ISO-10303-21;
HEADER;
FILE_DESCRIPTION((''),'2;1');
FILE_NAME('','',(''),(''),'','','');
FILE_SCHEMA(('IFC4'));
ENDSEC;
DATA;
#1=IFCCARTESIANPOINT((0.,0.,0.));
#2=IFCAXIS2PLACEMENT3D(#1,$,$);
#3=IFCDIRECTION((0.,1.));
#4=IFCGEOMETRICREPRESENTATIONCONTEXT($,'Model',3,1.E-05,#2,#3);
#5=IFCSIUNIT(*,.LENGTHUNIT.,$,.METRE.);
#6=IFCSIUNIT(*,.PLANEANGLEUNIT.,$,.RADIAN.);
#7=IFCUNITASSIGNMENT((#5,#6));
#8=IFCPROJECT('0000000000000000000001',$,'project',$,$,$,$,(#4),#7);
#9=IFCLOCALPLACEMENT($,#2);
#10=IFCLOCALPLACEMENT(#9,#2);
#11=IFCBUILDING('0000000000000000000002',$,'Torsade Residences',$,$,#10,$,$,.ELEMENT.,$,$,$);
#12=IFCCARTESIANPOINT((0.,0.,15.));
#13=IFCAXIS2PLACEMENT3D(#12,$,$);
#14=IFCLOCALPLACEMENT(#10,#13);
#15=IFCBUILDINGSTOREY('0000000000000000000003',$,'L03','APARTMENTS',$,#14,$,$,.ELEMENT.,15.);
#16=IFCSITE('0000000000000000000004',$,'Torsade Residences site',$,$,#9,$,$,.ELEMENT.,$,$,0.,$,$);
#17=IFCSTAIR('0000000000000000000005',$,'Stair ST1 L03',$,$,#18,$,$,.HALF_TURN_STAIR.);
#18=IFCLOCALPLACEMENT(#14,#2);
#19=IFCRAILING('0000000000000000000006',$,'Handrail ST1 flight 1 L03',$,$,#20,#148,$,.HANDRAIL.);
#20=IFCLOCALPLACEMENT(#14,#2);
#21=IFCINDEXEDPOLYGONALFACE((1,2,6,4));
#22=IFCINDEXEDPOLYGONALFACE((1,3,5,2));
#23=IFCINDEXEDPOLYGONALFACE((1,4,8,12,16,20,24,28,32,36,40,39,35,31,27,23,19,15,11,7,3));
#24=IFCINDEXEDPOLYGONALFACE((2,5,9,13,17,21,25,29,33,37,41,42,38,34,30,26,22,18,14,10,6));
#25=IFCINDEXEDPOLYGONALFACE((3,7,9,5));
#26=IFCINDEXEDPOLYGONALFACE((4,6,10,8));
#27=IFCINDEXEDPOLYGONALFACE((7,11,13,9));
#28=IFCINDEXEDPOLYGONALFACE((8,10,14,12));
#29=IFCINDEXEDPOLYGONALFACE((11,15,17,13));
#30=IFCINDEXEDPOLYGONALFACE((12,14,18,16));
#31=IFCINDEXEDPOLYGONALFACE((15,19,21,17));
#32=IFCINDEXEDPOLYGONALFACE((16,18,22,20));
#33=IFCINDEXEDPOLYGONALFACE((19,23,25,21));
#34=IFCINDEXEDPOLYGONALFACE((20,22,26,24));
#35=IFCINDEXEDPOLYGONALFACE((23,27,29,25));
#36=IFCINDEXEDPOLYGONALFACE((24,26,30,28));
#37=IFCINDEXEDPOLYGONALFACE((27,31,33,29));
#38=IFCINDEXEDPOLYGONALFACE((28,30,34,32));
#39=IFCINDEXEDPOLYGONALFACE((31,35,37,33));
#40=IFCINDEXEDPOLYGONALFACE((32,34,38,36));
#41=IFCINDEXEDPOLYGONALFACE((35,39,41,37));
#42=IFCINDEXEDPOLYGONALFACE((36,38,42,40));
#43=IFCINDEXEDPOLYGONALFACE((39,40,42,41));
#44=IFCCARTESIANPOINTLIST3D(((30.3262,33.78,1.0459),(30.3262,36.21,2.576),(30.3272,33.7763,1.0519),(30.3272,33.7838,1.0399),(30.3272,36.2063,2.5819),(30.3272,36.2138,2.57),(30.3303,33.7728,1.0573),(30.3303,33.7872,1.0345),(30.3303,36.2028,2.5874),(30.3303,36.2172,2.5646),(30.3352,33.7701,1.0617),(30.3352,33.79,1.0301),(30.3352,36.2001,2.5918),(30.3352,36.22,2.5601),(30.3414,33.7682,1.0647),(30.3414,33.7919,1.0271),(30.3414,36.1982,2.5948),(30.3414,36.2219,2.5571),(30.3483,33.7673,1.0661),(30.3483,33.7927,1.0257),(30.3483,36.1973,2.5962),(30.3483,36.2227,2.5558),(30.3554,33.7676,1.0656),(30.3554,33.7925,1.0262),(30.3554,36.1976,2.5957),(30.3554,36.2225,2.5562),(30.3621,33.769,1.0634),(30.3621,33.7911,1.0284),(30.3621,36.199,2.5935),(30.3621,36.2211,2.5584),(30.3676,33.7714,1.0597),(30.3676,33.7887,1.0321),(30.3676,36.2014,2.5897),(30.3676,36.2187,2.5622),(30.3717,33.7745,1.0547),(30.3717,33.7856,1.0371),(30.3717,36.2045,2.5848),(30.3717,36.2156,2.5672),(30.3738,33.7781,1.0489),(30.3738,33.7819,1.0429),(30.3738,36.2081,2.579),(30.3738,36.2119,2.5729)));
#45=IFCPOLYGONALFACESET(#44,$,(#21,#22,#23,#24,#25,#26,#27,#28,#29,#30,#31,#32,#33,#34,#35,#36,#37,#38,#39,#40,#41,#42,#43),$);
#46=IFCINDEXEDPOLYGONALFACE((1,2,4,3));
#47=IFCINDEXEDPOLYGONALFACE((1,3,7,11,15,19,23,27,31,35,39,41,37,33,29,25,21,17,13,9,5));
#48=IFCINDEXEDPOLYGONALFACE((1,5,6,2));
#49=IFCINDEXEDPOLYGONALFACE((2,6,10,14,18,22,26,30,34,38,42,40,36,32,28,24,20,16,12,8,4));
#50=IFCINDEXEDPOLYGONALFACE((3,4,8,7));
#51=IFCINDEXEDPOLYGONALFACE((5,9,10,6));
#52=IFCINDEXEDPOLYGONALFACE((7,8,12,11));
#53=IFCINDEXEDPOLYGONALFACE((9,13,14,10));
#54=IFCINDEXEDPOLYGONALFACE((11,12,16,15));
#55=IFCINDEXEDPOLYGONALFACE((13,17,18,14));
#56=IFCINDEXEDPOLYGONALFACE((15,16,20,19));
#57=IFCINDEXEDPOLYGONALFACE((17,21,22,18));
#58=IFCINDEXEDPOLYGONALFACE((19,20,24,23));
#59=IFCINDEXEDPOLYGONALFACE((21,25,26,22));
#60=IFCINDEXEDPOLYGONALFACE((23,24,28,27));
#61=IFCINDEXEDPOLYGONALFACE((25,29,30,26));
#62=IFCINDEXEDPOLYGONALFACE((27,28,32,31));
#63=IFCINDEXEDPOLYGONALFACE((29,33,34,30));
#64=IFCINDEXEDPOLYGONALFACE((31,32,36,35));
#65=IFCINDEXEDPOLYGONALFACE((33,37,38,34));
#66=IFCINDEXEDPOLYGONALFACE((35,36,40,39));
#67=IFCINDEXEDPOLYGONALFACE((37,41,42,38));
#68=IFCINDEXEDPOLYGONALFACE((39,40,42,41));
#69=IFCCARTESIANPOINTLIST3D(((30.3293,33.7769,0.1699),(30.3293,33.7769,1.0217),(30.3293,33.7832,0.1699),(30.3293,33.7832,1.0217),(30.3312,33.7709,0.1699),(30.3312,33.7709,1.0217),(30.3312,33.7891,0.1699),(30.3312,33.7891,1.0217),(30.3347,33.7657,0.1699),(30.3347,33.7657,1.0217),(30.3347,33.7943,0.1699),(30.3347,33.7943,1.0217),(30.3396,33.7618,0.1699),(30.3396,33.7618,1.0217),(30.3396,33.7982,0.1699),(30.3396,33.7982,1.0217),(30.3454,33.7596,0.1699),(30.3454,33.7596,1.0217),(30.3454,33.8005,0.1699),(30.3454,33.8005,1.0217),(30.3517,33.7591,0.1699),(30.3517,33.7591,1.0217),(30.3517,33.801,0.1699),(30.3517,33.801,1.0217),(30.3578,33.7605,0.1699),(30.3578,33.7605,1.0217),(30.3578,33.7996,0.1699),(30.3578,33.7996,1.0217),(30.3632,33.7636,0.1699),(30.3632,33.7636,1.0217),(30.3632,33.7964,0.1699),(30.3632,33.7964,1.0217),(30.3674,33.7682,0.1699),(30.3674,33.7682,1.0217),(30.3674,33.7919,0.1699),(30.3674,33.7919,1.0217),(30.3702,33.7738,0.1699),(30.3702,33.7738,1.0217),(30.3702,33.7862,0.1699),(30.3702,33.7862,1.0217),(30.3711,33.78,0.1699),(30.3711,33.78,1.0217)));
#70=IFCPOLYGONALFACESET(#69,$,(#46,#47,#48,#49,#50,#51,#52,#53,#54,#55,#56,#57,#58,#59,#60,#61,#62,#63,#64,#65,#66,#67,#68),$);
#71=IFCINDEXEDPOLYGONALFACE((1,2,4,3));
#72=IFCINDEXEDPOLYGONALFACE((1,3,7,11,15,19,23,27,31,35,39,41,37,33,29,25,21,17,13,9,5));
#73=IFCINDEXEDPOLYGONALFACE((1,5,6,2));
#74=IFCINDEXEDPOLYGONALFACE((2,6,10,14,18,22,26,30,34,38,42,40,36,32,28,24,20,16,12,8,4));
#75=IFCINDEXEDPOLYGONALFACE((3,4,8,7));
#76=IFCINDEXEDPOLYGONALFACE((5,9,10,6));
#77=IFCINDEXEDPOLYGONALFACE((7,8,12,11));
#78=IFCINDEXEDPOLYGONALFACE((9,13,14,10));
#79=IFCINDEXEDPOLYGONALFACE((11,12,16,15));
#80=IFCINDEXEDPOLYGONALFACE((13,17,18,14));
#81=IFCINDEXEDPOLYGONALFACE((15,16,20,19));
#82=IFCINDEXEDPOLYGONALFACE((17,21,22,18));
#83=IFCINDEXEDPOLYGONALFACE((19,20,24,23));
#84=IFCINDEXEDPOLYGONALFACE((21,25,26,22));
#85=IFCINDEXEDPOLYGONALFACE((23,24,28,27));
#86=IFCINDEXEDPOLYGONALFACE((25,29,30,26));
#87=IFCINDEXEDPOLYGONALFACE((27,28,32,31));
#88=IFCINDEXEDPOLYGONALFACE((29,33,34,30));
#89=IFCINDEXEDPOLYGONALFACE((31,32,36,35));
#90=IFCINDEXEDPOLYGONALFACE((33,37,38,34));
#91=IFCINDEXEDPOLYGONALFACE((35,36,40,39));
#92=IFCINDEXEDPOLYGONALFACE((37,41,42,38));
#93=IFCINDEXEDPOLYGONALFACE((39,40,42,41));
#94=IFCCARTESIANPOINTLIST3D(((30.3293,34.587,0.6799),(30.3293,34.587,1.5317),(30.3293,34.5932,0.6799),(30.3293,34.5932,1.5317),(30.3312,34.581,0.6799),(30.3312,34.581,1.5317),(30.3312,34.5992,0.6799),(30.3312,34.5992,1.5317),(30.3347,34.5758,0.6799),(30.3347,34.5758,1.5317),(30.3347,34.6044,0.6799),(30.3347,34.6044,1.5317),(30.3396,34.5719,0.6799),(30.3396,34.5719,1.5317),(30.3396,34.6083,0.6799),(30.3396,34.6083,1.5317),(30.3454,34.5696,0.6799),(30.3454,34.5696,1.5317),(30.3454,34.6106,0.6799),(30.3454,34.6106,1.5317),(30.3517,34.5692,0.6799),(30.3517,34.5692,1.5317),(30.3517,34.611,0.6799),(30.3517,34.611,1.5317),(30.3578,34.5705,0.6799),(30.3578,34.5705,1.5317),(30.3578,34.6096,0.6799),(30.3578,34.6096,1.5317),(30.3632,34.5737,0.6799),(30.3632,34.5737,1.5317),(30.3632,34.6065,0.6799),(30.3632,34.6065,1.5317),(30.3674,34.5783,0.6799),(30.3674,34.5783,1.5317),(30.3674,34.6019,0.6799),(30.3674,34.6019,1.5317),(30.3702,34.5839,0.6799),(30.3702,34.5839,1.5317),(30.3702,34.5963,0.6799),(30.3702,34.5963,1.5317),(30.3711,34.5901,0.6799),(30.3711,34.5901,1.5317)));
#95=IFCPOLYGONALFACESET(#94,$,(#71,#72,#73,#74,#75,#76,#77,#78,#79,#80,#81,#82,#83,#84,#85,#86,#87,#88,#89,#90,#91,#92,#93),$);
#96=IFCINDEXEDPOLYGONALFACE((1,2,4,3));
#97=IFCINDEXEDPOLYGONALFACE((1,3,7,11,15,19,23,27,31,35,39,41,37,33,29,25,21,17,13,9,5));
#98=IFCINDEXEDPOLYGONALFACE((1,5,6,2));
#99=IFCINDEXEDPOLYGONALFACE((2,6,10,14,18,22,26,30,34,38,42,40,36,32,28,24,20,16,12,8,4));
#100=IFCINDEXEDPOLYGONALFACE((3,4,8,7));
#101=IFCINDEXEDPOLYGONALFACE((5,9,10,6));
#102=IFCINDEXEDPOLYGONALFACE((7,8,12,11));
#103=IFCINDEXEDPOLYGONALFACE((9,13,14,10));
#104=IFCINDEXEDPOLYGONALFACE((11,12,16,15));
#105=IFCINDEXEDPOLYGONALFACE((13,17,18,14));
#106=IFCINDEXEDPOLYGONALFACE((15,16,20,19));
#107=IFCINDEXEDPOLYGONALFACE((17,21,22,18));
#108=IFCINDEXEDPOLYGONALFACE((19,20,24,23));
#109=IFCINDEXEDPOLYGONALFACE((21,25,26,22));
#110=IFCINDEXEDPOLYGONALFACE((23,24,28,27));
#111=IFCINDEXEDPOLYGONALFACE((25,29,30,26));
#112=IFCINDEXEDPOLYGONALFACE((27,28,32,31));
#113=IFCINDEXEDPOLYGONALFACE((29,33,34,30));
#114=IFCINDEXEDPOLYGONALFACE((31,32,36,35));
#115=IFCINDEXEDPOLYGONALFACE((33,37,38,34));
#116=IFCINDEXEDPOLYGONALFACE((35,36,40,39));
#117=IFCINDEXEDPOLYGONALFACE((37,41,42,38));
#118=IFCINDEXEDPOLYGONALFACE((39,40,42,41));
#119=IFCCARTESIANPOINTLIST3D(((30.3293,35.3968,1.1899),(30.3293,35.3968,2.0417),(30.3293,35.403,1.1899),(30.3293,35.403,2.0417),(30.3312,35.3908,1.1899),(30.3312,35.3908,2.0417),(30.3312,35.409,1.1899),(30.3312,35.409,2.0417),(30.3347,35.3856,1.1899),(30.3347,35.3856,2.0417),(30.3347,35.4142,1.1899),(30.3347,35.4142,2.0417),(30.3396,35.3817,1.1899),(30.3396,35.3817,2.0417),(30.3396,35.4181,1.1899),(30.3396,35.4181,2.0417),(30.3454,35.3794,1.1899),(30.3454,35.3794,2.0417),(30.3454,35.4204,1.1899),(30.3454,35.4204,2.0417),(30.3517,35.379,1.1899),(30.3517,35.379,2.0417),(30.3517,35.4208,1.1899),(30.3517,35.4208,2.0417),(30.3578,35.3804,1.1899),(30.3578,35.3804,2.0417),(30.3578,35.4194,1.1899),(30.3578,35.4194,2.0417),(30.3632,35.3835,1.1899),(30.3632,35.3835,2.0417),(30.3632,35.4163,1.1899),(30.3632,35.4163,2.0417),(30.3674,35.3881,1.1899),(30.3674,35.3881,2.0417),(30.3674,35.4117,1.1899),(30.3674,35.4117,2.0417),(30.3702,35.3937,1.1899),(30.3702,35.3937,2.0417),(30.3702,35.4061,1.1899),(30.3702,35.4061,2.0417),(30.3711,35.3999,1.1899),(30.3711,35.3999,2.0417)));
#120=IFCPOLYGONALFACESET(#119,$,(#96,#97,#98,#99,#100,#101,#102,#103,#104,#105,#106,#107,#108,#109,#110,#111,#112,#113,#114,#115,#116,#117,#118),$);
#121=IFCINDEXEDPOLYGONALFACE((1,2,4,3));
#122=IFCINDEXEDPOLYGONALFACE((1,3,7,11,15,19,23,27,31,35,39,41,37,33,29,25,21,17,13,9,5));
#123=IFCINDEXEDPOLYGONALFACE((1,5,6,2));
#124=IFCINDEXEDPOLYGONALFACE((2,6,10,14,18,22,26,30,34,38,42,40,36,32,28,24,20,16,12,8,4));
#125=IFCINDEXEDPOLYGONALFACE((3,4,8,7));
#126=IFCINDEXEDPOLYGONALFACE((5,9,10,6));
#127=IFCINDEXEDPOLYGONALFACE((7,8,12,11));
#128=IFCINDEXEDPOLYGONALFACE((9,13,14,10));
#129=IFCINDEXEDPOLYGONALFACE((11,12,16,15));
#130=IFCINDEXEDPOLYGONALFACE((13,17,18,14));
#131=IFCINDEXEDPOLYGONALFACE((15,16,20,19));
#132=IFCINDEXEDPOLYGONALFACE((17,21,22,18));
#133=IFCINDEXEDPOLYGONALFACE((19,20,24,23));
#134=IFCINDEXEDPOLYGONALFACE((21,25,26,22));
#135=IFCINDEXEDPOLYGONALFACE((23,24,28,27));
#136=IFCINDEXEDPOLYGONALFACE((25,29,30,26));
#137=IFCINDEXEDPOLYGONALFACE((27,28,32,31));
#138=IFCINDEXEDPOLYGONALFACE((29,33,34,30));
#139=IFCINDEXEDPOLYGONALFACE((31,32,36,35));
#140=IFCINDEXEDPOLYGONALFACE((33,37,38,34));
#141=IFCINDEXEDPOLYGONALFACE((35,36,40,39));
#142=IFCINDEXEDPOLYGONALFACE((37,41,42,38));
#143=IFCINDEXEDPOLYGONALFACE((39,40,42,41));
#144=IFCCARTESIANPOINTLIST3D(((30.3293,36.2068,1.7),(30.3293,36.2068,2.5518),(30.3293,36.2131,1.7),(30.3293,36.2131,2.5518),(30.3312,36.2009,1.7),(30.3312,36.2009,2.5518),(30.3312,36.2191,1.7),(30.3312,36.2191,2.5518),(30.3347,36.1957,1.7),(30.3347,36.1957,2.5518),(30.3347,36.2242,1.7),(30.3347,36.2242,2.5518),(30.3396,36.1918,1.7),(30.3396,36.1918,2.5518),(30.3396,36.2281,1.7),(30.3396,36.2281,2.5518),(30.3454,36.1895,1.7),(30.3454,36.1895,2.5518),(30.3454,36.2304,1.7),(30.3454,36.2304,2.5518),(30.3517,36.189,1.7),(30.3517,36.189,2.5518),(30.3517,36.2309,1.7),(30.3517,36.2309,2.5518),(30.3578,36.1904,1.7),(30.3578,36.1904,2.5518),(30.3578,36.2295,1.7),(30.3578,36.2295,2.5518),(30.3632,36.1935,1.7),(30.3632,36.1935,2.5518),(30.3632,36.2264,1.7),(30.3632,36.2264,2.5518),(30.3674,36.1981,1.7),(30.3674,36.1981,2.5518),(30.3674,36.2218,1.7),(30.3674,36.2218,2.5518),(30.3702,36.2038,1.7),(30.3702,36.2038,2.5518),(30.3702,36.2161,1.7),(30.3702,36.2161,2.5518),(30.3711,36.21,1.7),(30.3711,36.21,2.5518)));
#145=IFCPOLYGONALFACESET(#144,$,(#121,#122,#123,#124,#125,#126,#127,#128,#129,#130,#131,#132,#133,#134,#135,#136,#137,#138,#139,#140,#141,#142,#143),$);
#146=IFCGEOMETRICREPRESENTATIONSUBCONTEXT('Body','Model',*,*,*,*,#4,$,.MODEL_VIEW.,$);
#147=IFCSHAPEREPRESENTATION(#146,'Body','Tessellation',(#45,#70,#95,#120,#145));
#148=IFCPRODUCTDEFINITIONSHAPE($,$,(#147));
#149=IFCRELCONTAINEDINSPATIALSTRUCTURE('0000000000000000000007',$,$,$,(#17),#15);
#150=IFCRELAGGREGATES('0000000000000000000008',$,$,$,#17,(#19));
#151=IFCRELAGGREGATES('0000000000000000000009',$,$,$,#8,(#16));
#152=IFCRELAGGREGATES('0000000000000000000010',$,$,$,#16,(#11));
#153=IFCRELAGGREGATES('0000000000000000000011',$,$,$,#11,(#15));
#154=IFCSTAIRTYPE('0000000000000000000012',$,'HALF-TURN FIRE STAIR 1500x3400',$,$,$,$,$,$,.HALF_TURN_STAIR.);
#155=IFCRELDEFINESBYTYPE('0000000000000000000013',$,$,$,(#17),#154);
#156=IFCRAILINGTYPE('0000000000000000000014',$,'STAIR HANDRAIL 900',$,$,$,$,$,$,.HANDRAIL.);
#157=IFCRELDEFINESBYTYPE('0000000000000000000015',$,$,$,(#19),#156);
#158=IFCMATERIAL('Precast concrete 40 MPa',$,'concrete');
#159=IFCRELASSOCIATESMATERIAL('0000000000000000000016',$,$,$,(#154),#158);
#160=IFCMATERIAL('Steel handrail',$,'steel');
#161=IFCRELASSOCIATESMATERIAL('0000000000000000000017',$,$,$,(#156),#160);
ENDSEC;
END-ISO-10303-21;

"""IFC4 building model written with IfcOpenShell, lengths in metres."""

from ifc_helpers import new_model, si_unit, direction, frame, origin, origin_2d, place, context, subcontext, project, spatial, circle, extrude, material, type_object, element, aggregate, save


model = new_model("IFC4")

# Units and contexts
model_context = context("Model", 3, precision=1e-05, world=origin(), true_north=direction((0.0, 1.0)))
body_context = subcontext(model_context, "Body", "Model", "MODEL_VIEW")
ifc_project = project(units=[si_unit("LENGTHUNIT", "METRE"), si_unit("PLANEANGLEUNIT", "RADIAN")], contexts=[model_context])

# Site, building, storey
site_placement = place(None, origin())
site = spatial("IfcSite", under=ifc_project, at=site_placement, Name="Torsade Residences site", CompositionType="ELEMENT", RefElevation=0.0)
building_placement = place(site_placement, origin())
building = spatial("IfcBuilding", under=site, at=building_placement, Name="Torsade Residences", CompositionType="ELEMENT")
storey_placement = place(building_placement, frame((0.0, 0.0, 15.0)))
storey = spatial("IfcBuildingStorey", under=building, at=storey_placement, Name="L03", Description="APARTMENTS", CompositionType="ELEMENT", Elevation=15.0)

# Stair, railing
ifc_material_1 = material(Name="Precast concrete 40 MPa", Category="concrete")
stair_type = type_object("IfcStairType", Name="HALF-TURN FIRE STAIR 1500x3400", PredefinedType="HALF_TURN_STAIR", material=ifc_material_1)
stair_placement = place(storey_placement, origin())
stair = element("IfcStair", 1, at=stair_placement, inside=storey, type_object=stair_type, Name="Stair ST1 L03", PredefinedType="HALF_TURN_STAIR")
ifc_material_2 = material(Name="Steel handrail", Category="steel")
railing_type = type_object("IfcRailingType", Name="STAIR HANDRAIL 900", PredefinedType="HANDRAIL", material=ifc_material_2)
railing_1_placement = place(storey_placement, frame((30.3501, 33.78, 0.1699)))
railing_1 = element("IfcRailing", 2, at=railing_1_placement, type_object=railing_type, Name="Handrail ST1 flight 1 L03", PredefinedType="HANDRAIL", context=body_context, shape_type="SweptSolid", body=[
    extrude(circle(Radius=0.0239, at=origin_2d()), frame((0.0, 0.0, 0.876), z_axis=(0.0, 0.846221, 0.532831), x_axis=(-1.0, 0.0, 0.0)), (0.0, 0.0, 1.0), 2.8716),
    extrude(circle(Radius=0.021, at=origin_2d()), origin(), (0.0, 0.0, 1.0), 0.8518),
    extrude(circle(Radius=0.021, at=origin_2d()), frame((0.0, 0.8101, 0.51)), (0.0, 0.0, 1.0), 0.8518),
    extrude(circle(Radius=0.021, at=origin_2d()), frame((0.0, 1.6199, 1.02)), (0.0, 0.0, 1.0), 0.8518),
    extrude(circle(Radius=0.021, at=origin_2d()), frame((0.0, 2.4299, 1.53)), (0.0, 0.0, 1.0), 0.8518),
])
aggregate(stair, [railing_1])

save(model, "model.ifc")
